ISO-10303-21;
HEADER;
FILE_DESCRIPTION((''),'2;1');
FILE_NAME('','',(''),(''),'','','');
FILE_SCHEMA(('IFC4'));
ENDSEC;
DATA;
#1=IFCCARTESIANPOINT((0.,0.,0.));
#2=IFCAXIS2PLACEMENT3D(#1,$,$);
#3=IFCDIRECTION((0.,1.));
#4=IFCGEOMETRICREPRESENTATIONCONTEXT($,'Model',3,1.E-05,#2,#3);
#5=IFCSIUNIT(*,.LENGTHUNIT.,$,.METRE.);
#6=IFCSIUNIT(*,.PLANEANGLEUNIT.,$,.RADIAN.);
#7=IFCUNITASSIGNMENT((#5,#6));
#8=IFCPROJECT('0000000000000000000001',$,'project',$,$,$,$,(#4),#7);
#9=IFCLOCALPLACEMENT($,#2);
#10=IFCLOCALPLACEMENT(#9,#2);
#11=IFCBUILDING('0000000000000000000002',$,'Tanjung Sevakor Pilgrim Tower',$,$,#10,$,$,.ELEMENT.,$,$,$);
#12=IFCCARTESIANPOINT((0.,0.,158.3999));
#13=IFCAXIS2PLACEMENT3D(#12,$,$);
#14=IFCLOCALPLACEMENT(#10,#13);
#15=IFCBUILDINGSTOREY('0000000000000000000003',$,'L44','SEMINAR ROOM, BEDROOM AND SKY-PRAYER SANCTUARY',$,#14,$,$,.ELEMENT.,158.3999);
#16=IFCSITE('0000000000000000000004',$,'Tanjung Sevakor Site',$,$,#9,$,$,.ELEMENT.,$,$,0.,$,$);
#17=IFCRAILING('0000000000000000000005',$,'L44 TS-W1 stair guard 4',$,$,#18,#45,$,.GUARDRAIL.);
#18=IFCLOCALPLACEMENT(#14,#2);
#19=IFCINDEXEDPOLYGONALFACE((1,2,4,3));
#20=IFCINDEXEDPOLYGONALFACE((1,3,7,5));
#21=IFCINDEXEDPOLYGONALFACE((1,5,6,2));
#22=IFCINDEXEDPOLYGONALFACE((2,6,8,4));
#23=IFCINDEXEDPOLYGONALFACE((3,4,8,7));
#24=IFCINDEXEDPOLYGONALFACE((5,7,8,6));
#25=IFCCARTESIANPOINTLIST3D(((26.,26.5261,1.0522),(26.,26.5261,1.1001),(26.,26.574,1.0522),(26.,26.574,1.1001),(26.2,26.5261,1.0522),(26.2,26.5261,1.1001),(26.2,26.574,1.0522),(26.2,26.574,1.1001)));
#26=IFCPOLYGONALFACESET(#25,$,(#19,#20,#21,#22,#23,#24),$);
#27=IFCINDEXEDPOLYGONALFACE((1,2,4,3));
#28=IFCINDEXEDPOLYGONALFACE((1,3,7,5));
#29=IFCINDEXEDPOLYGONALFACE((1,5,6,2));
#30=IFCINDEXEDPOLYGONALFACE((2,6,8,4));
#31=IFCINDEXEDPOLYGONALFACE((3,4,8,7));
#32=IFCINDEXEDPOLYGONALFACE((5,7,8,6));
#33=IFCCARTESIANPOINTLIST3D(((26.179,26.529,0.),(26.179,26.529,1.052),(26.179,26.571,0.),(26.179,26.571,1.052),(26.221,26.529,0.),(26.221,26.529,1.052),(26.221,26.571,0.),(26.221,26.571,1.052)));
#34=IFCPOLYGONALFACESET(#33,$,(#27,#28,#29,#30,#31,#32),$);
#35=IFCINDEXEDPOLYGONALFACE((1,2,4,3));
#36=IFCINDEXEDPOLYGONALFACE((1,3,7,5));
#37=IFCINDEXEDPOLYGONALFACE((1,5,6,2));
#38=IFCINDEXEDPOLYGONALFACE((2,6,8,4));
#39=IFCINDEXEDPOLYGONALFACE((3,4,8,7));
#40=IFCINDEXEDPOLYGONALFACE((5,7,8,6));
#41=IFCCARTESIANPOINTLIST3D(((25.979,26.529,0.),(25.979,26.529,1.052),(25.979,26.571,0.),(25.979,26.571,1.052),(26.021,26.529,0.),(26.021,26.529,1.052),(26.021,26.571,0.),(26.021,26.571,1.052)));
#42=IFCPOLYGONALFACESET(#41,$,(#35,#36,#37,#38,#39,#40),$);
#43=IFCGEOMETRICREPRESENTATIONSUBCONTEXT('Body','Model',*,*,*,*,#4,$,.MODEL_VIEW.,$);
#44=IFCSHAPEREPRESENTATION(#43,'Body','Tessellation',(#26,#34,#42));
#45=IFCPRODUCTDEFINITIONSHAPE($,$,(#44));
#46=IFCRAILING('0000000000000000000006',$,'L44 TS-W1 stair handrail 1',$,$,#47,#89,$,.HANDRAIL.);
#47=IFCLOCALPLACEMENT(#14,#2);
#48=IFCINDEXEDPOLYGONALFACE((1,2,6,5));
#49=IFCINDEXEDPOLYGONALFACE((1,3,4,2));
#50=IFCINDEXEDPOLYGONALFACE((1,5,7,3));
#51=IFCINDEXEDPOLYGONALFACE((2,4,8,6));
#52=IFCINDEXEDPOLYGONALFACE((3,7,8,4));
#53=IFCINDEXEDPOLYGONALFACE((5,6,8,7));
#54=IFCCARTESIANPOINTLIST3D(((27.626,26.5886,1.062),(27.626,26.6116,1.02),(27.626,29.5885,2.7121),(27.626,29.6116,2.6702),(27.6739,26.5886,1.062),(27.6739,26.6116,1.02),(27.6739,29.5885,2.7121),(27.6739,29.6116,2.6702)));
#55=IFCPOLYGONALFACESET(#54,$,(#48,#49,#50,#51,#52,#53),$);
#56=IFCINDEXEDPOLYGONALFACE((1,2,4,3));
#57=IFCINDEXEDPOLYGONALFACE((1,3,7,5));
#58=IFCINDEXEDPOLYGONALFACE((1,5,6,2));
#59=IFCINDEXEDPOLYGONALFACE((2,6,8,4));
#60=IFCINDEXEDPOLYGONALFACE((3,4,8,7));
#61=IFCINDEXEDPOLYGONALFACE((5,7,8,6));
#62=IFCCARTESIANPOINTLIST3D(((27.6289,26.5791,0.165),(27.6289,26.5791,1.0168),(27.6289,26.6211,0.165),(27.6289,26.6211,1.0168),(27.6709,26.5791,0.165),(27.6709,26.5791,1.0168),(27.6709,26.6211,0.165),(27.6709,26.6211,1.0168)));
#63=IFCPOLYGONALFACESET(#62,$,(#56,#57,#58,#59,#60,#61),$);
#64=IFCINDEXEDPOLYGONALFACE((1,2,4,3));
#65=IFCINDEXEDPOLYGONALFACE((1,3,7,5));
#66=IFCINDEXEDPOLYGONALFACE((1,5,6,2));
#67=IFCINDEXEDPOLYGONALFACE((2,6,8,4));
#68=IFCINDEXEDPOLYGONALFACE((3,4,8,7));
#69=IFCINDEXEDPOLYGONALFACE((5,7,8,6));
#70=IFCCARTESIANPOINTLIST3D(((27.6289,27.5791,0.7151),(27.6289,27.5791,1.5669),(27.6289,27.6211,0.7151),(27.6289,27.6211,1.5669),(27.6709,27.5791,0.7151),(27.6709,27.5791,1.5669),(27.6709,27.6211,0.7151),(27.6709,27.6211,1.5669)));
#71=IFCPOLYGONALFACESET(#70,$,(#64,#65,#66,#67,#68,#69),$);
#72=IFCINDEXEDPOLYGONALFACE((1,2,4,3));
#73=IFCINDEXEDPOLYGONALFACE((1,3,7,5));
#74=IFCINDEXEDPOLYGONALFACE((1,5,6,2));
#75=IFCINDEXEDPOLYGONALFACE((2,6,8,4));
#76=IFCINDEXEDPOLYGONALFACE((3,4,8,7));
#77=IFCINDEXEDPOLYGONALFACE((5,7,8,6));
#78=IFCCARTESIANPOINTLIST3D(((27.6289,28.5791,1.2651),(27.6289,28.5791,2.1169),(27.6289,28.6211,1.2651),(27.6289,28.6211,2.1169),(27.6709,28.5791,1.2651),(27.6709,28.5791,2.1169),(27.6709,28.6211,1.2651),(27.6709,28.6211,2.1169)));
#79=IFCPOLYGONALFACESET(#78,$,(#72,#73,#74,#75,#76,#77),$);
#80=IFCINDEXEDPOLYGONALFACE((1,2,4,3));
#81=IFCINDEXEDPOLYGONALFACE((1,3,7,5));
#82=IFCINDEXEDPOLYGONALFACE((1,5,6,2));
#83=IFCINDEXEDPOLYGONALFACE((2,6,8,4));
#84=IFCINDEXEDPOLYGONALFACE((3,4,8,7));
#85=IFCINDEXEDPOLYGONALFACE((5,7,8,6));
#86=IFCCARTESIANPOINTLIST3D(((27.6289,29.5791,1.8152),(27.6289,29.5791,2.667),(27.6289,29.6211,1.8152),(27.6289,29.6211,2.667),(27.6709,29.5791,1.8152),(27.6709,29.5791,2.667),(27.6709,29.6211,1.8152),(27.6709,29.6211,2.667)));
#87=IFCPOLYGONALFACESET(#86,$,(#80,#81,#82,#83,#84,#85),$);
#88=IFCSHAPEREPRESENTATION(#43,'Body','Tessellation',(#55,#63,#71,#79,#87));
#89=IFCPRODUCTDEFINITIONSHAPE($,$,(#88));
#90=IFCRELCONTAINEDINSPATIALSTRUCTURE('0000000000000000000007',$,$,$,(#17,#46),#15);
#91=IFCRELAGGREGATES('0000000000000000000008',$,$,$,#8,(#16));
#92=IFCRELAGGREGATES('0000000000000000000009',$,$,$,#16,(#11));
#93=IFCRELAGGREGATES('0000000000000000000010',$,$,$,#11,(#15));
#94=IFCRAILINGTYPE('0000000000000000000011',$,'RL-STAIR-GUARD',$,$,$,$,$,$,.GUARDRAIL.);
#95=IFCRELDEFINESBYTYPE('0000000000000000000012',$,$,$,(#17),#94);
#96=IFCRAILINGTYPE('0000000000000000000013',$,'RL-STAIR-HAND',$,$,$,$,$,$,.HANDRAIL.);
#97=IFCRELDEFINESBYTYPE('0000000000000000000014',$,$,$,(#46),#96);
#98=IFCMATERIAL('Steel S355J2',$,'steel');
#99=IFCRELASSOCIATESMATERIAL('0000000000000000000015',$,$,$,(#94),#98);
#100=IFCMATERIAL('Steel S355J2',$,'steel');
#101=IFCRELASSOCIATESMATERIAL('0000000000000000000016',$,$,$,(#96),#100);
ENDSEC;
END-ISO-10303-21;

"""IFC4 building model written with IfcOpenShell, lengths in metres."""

from ifc_helpers import new_model, si_unit, direction, frame, origin, place, context, subcontext, project, spatial, rectangle, extrude, material, type_object, element, save


model = new_model("IFC4")

# Units and contexts
model_context = context("Model", 3, precision=1e-05, world=origin(), true_north=direction((0.0, 1.0)))
body_context = subcontext(model_context, "Body", "Model", "MODEL_VIEW")
ifc_project = project(units=[si_unit("LENGTHUNIT", "METRE"), si_unit("PLANEANGLEUNIT", "RADIAN")], contexts=[model_context])

# Site, building, storey
site_placement = place(None, origin())
site = spatial("IfcSite", under=ifc_project, at=site_placement, Name="Tanjung Sevakor Site", CompositionType="ELEMENT", RefElevation=0.0)
building_placement = place(site_placement, origin())
building = spatial("IfcBuilding", under=site, at=building_placement, Name="Tanjung Sevakor Pilgrim Tower", CompositionType="ELEMENT")
storey_placement = place(building_placement, frame((0.0, 0.0, 158.3999)))
storey = spatial("IfcBuildingStorey", under=building, at=storey_placement, Name="L44", Description="SEMINAR ROOM, BEDROOM AND SKY-PRAYER SANCTUARY", CompositionType="ELEMENT", Elevation=158.3999)

# Railings
ifc_material_1 = material(Name="Steel S355J2", Category="steel")
railing_type_1 = type_object("IfcRailingType", Name="RL-STAIR-GUARD", PredefinedType="GUARDRAIL", material=ifc_material_1)
railing_1_placement = place(storey_placement, frame((26.2, 26.55, 0.0)))
element("IfcRailing", 1, at=railing_1_placement, inside=storey, type_object=railing_type_1, Name="L44 TS-W1 stair guard 4", PredefinedType="GUARDRAIL", context=body_context, shape_type="SweptSolid", body=[
    extrude(rectangle(XDim=0.0479, YDim=0.0479), frame((0.0, 0.0, 1.0762), z_axis=(-1.0, 0.0, 0.0), x_axis=(0.0, -1.0, 0.0)), (0.0, 0.0, 1.0), 0.2),
    extrude(rectangle(XDim=0.042, YDim=0.042), origin(), (0.0, 0.0, 1.0), 1.052),
    extrude(rectangle(XDim=0.042, YDim=0.042), frame((-0.2, 0.0, 0.0)), (0.0, 0.0, 1.0), 1.052),
])
ifc_material_2 = material(Name="Steel S355J2", Category="steel")
railing_type_2 = type_object("IfcRailingType", Name="RL-STAIR-HAND", PredefinedType="HANDRAIL", material=ifc_material_2)
railing_2_placement = place(storey_placement, frame((27.6499, 26.6001, 0.165)))
element("IfcRailing", 2, at=railing_2_placement, inside=storey, type_object=railing_type_2, Name="L44 TS-W1 stair handrail 1", PredefinedType="HANDRAIL", context=body_context, shape_type="SweptSolid", body=[
    extrude(rectangle(XDim=0.0479, YDim=0.0479), frame((0.0, 0.0, 0.876), z_axis=(0.0, 0.876198, 0.481952), x_axis=(-1.0, 0.0, 0.0)), (0.0, 0.0, 1.0), 3.4238),
    extrude(rectangle(XDim=0.042, YDim=0.042), origin(), (0.0, 0.0, 1.0), 0.8518),
    extrude(rectangle(XDim=0.042, YDim=0.042), frame((0.0, 1.0, 0.55)), (0.0, 0.0, 1.0), 0.8518),
    extrude(rectangle(XDim=0.042, YDim=0.042), frame((0.0, 2.0, 1.1001)), (0.0, 0.0, 1.0), 0.8518),
    extrude(rectangle(XDim=0.042, YDim=0.042), frame((0.0, 3.0, 1.6501)), (0.0, 0.0, 1.0), 0.8518),
])

save(model, "model.ifc")
